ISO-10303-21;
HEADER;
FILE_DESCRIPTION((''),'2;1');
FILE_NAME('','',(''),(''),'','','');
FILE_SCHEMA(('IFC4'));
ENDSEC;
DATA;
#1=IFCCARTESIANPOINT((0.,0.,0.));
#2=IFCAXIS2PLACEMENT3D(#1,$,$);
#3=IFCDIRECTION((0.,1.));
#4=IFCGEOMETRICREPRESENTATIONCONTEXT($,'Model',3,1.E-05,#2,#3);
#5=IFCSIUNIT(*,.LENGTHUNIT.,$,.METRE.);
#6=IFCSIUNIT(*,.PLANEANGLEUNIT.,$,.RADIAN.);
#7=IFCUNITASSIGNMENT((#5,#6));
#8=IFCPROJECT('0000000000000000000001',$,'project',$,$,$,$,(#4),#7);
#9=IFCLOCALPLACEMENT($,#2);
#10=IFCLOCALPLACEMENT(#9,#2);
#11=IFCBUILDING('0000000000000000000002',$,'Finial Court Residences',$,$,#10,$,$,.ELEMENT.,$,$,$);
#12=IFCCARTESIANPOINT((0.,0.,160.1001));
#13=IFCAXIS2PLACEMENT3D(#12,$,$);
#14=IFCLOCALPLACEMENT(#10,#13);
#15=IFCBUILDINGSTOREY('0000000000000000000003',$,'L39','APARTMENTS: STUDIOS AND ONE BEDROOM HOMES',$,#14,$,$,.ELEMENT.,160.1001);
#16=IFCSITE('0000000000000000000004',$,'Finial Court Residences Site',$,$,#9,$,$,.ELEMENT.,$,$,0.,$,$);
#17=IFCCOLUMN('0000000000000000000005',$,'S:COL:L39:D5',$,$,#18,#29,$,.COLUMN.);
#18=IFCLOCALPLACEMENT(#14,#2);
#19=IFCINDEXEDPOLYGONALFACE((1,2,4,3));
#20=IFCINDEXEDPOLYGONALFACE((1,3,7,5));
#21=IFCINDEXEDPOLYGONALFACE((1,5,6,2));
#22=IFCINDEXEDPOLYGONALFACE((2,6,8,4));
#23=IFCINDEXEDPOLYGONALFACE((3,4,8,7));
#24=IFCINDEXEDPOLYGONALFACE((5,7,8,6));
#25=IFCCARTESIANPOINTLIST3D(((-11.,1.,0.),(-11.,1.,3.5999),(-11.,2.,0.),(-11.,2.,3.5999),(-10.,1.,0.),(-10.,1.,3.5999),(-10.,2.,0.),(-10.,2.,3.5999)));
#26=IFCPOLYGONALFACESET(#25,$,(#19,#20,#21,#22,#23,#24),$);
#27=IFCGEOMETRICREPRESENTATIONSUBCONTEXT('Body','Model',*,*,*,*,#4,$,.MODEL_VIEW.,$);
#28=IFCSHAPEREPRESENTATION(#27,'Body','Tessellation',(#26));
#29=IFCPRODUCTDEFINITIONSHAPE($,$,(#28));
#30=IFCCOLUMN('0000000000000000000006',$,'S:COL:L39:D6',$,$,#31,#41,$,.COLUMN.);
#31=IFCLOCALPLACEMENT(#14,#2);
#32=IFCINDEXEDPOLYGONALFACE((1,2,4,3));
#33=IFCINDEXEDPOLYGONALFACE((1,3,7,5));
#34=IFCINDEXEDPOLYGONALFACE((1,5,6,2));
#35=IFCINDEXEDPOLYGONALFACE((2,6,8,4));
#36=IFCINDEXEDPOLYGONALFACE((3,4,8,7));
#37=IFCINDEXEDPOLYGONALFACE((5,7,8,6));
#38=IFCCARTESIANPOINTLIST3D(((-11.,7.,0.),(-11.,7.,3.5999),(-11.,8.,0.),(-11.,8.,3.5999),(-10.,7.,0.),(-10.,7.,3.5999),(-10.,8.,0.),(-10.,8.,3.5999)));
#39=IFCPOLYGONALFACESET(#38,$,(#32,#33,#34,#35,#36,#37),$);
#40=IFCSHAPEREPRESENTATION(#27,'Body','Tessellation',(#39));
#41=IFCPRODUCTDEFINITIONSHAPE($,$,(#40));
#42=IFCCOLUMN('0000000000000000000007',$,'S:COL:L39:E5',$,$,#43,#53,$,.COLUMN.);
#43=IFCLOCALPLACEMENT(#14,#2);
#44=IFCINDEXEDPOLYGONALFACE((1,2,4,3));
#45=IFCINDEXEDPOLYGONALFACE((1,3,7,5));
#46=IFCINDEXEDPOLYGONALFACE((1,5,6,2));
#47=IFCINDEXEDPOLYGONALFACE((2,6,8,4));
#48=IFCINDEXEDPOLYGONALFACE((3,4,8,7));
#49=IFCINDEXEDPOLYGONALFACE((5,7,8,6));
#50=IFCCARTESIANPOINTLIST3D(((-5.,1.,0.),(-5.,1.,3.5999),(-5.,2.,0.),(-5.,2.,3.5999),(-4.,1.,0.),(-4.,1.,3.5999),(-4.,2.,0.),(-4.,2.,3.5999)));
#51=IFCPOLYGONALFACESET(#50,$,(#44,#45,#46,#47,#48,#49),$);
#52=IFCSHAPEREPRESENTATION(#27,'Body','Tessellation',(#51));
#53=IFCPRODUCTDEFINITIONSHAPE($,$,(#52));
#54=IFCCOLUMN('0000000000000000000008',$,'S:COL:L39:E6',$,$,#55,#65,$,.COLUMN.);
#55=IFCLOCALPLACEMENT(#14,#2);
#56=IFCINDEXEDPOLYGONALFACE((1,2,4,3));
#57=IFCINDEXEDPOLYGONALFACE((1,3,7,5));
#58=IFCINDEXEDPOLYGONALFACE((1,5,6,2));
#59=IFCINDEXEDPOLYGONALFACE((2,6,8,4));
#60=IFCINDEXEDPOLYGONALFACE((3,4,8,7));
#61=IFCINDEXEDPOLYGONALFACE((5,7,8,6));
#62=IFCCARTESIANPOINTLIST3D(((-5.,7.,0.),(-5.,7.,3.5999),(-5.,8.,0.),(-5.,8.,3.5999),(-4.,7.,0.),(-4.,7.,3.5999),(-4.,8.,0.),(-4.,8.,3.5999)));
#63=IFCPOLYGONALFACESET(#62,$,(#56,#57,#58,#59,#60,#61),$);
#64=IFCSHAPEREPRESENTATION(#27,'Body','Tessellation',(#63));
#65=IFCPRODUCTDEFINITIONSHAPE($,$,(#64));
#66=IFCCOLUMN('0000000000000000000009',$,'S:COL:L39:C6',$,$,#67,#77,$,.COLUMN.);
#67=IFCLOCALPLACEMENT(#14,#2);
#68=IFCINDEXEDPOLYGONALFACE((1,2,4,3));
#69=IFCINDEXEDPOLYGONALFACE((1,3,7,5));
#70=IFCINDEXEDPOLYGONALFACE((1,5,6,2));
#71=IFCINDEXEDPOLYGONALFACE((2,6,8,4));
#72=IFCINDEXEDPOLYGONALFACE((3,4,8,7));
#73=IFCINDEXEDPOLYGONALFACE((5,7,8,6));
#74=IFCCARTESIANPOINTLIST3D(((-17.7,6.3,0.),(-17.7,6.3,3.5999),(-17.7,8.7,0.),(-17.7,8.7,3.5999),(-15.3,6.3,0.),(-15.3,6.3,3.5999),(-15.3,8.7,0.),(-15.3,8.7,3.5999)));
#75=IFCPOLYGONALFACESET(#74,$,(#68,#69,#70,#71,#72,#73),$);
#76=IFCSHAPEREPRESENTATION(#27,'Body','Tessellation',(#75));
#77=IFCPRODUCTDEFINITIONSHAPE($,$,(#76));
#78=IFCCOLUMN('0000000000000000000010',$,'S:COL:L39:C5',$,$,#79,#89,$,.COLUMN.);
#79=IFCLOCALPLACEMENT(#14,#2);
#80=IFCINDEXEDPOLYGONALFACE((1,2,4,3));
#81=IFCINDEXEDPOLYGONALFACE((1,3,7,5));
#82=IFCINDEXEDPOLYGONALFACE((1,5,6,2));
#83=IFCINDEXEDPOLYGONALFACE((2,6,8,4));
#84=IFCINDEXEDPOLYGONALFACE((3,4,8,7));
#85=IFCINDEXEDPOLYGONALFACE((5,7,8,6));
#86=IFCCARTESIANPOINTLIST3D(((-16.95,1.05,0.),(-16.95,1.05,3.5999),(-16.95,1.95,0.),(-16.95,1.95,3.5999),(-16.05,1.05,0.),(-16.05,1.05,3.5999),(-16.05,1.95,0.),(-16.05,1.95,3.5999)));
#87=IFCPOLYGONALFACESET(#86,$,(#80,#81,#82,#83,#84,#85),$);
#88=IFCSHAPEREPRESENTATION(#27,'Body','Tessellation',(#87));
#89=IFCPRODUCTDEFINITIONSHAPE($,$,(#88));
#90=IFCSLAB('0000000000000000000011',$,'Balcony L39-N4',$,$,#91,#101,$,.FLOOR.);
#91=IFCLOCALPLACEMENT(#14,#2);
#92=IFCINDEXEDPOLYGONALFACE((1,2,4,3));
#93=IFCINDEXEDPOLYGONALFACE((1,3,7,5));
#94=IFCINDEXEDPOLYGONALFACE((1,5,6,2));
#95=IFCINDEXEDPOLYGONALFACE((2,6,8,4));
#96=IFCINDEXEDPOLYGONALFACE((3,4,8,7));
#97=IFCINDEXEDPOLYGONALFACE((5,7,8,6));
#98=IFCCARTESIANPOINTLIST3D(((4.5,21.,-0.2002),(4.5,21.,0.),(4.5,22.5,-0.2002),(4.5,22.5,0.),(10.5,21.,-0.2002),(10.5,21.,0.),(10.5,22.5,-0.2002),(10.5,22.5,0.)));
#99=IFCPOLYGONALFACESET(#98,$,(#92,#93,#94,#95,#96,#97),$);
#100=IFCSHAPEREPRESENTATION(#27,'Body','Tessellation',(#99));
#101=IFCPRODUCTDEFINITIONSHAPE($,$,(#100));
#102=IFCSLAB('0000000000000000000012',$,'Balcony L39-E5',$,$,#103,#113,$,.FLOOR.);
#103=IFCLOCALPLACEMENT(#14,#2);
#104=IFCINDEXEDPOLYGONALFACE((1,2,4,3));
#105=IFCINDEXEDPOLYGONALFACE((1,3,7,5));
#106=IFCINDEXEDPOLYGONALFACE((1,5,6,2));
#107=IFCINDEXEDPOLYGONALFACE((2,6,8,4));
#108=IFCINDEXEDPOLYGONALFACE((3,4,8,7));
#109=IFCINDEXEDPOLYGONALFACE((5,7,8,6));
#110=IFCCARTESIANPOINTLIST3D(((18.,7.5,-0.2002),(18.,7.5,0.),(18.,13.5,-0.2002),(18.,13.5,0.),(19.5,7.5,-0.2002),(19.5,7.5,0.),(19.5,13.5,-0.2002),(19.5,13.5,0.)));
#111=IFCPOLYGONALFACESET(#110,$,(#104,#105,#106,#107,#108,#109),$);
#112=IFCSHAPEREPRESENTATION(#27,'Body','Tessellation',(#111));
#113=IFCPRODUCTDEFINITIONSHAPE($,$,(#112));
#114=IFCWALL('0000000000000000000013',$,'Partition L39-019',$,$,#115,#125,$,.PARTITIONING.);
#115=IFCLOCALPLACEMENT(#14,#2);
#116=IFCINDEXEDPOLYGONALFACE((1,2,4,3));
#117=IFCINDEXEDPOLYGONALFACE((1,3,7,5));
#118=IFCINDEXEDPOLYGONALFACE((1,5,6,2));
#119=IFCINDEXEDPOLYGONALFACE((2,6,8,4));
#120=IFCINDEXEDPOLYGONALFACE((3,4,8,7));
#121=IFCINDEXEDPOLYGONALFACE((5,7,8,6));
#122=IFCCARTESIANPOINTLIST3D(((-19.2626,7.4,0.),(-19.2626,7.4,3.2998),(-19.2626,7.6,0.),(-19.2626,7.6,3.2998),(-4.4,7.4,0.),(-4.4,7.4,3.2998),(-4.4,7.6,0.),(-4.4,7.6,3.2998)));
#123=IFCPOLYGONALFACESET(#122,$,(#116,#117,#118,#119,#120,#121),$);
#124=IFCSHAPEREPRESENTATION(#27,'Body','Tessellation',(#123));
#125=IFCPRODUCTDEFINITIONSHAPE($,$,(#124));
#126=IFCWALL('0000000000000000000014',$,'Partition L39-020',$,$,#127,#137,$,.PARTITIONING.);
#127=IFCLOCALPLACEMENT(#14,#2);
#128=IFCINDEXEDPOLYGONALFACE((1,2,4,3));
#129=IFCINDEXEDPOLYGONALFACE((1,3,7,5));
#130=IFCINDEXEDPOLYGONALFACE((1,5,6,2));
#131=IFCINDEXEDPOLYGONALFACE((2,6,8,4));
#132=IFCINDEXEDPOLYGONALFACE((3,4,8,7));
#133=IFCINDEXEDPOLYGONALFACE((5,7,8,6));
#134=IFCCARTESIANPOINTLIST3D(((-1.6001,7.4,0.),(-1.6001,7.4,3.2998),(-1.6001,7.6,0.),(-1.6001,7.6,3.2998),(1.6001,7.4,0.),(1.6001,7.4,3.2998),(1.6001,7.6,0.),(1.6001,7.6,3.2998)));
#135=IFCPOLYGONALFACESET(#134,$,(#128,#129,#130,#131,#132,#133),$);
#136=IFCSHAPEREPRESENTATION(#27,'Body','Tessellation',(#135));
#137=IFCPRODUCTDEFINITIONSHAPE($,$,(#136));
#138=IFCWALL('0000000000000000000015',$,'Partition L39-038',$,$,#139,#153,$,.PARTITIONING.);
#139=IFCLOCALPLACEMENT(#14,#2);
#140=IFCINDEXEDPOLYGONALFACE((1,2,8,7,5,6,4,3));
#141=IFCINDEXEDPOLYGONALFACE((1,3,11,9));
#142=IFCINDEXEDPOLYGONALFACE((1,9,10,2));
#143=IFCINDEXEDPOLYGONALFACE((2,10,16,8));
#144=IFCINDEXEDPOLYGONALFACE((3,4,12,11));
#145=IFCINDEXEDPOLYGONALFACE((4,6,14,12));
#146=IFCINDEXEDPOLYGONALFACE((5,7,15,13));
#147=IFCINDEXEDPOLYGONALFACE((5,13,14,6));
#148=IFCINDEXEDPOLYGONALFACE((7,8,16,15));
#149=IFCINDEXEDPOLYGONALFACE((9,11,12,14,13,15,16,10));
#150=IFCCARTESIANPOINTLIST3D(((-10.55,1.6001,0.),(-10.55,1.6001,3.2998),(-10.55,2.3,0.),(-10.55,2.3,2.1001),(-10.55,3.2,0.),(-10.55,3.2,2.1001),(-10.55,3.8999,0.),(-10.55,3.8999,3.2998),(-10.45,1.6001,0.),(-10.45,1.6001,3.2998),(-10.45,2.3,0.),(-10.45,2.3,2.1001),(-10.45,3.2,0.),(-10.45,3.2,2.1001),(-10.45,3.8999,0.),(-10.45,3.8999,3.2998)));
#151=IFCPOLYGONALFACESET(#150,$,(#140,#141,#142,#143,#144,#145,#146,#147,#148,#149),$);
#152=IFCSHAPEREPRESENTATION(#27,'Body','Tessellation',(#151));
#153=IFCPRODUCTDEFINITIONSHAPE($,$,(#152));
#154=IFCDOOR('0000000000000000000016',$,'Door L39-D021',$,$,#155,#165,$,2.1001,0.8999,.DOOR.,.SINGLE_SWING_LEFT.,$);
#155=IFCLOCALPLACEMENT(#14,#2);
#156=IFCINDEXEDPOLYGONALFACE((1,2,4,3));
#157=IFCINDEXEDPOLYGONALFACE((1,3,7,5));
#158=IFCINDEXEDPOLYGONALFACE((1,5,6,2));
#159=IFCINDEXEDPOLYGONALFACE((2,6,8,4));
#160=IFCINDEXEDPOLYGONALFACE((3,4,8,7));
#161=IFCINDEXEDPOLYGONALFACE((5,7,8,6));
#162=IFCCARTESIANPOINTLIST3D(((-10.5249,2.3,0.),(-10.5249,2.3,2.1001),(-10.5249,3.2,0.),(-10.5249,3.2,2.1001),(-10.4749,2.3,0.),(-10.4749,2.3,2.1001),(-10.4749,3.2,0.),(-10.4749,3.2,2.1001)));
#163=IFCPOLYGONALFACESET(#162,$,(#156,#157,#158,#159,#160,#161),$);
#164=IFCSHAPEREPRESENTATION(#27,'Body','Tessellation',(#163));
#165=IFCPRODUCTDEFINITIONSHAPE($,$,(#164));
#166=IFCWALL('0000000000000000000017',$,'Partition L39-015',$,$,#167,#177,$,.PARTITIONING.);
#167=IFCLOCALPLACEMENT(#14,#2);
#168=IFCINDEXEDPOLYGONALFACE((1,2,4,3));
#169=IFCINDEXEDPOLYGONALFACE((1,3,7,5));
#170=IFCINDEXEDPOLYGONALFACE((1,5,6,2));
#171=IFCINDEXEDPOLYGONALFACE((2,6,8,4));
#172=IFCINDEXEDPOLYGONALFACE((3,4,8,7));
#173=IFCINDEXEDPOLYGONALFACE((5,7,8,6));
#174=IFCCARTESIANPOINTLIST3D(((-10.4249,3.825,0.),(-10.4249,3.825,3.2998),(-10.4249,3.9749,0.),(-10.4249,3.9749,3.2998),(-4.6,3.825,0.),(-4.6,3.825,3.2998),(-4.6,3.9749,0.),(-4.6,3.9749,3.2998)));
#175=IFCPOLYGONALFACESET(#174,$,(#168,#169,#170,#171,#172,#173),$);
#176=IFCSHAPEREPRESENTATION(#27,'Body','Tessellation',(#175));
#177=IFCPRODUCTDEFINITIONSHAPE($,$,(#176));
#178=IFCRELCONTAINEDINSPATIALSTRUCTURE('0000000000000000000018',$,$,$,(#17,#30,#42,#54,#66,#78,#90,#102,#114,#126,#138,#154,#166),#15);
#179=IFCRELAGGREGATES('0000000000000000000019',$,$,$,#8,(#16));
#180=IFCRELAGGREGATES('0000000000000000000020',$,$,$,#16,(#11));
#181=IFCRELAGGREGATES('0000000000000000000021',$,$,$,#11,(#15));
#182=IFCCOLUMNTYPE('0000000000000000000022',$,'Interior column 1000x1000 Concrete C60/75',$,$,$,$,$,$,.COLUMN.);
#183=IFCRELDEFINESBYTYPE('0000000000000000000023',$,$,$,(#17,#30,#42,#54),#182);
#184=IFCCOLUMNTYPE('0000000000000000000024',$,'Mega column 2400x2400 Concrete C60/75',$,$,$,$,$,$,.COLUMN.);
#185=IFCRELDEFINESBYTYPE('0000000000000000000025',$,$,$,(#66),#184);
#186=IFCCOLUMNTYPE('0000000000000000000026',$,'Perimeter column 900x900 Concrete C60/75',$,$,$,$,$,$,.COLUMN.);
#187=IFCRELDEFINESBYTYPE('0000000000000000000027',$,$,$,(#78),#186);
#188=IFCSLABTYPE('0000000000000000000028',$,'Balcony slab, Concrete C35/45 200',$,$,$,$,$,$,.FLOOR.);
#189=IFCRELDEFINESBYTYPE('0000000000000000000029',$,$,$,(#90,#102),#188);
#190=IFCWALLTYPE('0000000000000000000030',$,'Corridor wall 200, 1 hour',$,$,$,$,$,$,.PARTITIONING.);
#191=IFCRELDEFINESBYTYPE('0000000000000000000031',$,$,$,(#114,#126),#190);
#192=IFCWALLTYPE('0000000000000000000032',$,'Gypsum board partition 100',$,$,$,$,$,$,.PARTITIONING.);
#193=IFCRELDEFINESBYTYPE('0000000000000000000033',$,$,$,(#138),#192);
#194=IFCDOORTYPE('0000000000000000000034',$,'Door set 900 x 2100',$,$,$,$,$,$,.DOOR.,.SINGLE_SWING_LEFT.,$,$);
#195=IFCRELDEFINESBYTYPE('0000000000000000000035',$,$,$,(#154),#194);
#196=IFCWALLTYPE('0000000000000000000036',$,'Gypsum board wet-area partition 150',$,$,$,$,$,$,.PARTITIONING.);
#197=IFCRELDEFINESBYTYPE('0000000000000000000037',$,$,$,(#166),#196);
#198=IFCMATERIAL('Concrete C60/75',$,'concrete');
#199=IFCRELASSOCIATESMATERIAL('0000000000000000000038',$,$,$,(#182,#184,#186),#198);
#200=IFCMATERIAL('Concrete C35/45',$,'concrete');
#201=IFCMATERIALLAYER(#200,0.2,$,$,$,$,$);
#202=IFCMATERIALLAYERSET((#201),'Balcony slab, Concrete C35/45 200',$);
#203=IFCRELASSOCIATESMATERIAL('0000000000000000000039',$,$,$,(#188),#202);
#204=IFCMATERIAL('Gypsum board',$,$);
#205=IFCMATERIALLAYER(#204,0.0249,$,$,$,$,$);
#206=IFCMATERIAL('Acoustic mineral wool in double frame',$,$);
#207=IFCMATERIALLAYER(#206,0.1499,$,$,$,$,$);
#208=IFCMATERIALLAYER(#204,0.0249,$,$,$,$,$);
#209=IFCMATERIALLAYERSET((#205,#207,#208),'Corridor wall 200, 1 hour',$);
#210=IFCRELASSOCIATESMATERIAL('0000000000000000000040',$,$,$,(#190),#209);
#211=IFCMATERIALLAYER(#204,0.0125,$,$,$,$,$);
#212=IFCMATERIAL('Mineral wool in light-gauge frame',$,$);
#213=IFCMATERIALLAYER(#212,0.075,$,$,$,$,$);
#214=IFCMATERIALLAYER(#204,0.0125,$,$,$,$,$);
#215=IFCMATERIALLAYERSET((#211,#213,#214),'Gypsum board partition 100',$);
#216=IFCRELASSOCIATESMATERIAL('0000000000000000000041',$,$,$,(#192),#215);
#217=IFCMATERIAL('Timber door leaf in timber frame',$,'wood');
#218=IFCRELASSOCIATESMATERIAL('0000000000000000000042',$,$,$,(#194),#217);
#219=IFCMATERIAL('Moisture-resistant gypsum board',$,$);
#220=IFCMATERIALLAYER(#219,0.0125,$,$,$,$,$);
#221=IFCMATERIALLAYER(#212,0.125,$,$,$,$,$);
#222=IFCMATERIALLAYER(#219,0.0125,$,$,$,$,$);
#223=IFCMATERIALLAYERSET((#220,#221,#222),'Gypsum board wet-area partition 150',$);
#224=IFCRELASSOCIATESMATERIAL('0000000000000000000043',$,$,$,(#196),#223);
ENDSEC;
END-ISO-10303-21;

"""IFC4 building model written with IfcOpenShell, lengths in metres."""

from ifc_helpers import new_model, si_unit, direction, frame, frame_2d, origin, origin_2d, place, context, subcontext, project, spatial, polyline, rectangle, outline, extrude, material, layer, layer_set, material_profile, profile_set, type_object, element, fill, save


model = new_model("IFC4")

# Units and contexts
model_context = context("Model", 3, precision=1e-05, world=origin(), true_north=direction((0.0, 1.0)))
body_context = subcontext(model_context, "Body", "Model", "MODEL_VIEW")
ifc_project = project(units=[si_unit("LENGTHUNIT", "METRE"), si_unit("PLANEANGLEUNIT", "RADIAN")], contexts=[model_context])

# Site, building, storey
site_placement = place(None, origin())
site = spatial("IfcSite", under=ifc_project, at=site_placement, Name="Finial Court Residences Site", CompositionType="ELEMENT", RefElevation=0.0)
building_placement = place(site_placement, origin())
building = spatial("IfcBuilding", under=site, at=building_placement, Name="Finial Court Residences", CompositionType="ELEMENT")
storey_placement = place(building_placement, frame((0.0, 0.0, 160.1001)))
storey = spatial("IfcBuildingStorey", under=building, at=storey_placement, Name="L39", Description="APARTMENTS: STUDIOS AND ONE BEDROOM HOMES", CompositionType="ELEMENT", Elevation=160.1001)

# Columns
ifc_material_1 = material(Name="Concrete C60/75", Category="concrete")
ifc_material_profile_1 = material_profile(ifc_material_1, rectangle(XDim=1.0, YDim=1.0, at=origin_2d()), Name="1000x1000")
ifc_profile_set_1 = profile_set([ifc_material_profile_1], Name="Concrete C60/75")
column_type_1 = type_object("IfcColumnType", Name="Interior column 1000x1000 Concrete C60/75", PredefinedType="COLUMN", material=ifc_profile_set_1)
for number, where, z_axis, x_axis, name in (
    (1, (-10.5, 1.5, 0.0), (0.0, 0.0, 1.0), (1.0, 0.0, 0.0), "S:COL:L39:D5"),
    (2, (-10.5, 7.5, 0.0), (0.0, 0.0, 1.0), (1.0, 0.0, 0.0), "S:COL:L39:D6"),
    (3, (-4.5, 1.5, 0.0), (0.0, 0.0, 1.0), (1.0, 0.0, 0.0), "S:COL:L39:E5"),
    (4, (-4.5, 7.5, 0.0), (0.0, 0.0, 1.0), (1.0, 0.0, 0.0), "S:COL:L39:E6"),
):
    element("IfcColumn", number, at=place(storey_placement, frame(where, z_axis=z_axis, x_axis=x_axis)), inside=storey, type_object=column_type_1, Name=name, PredefinedType="COLUMN", context=body_context, shape_type="SweptSolid", body=[
        extrude(rectangle(XDim=1.0, YDim=1.0, at=origin_2d()), origin(), (0.0, 0.0, 1.0), 3.5999),
    ])
ifc_material_profile_2 = material_profile(ifc_material_1, rectangle(XDim=2.3999, YDim=2.3999, at=origin_2d()), Name="2400x2400")
ifc_profile_set_2 = profile_set([ifc_material_profile_2], Name="Concrete C60/75")
column_type_2 = type_object("IfcColumnType", Name="Mega column 2400x2400 Concrete C60/75", PredefinedType="COLUMN", material=ifc_profile_set_2)
column_1_placement = place(storey_placement, frame((-16.5, 7.5, 0.0), z_axis=(0.0, 0.0, 1.0), x_axis=(1.0, 0.0, 0.0)))
element("IfcColumn", 5, at=column_1_placement, inside=storey, type_object=column_type_2, Name="S:COL:L39:C6", PredefinedType="COLUMN", context=body_context, shape_type="SweptSolid", body=[
    extrude(rectangle(XDim=2.3999, YDim=2.3999, at=origin_2d()), origin(), (0.0, 0.0, 1.0), 3.5999),
])
ifc_material_profile_3 = material_profile(ifc_material_1, rectangle(XDim=0.8999, YDim=0.8999, at=origin_2d()), Name="900x900")
ifc_profile_set_3 = profile_set([ifc_material_profile_3], Name="Concrete C60/75")
column_type_3 = type_object("IfcColumnType", Name="Perimeter column 900x900 Concrete C60/75", PredefinedType="COLUMN", material=ifc_profile_set_3)
column_2_placement = place(storey_placement, frame((-16.5, 1.5, 0.0), z_axis=(0.0, 0.0, 1.0), x_axis=(1.0, 0.0, 0.0)))
element("IfcColumn", 6, at=column_2_placement, inside=storey, type_object=column_type_3, Name="S:COL:L39:C5", PredefinedType="COLUMN", context=body_context, shape_type="SweptSolid", body=[
    extrude(rectangle(XDim=0.8999, YDim=0.8999, at=origin_2d()), origin(), (0.0, 0.0, 1.0), 3.5999),
])

# Slabs
ifc_material_2 = material(Name="Concrete C35/45", Category="concrete")
ifc_layer_1 = layer(ifc_material_2, 0.2)
ifc_layer_set_1 = layer_set([ifc_layer_1], Name="Balcony slab, Concrete C35/45 200")
slab_type = type_object("IfcSlabType", Name="Balcony slab, Concrete C35/45 200", PredefinedType="FLOOR", material=ifc_layer_set_1)
slab_1_placement = place(storey_placement, frame((0.0, 0.0, -0.2002)))
element("IfcSlab", 7, at=slab_1_placement, inside=storey, type_object=slab_type, Name="Balcony L39-N4", PredefinedType="FLOOR", context=body_context, shape_type="SweptSolid", body=[
    extrude(outline(polyline([(10.5, 21.0), (10.5, 22.5), (4.5, 22.5), (4.5, 21.0), (10.5, 21.0)])), origin(), (0.0, 0.0, 1.0), 0.2002),
])
slab_2_placement = place(storey_placement, frame((0.0, 0.0, -0.2002)))
element("IfcSlab", 8, at=slab_2_placement, inside=storey, type_object=slab_type, Name="Balcony L39-E5", PredefinedType="FLOOR", context=body_context, shape_type="SweptSolid", body=[
    extrude(outline(polyline([(19.5, 7.5), (19.5, 13.5), (18.0, 13.5), (18.0, 7.5), (19.5, 7.5)])), origin(), (0.0, 0.0, 1.0), 0.2002),
])

# Walls
ifc_material_3 = material(Name="Gypsum board")
ifc_layer_2 = layer(ifc_material_3, 0.0249)
ifc_material_4 = material(Name="Acoustic mineral wool in double frame")
ifc_layer_3 = layer(ifc_material_4, 0.1499)
ifc_layer_4 = layer(ifc_material_3, 0.0249)
ifc_layer_set_2 = layer_set([ifc_layer_2, ifc_layer_3, ifc_layer_4], Name="Corridor wall 200, 1 hour")
wall_type_1 = type_object("IfcWallType", Name="Corridor wall 200, 1 hour", PredefinedType="PARTITIONING", material=ifc_layer_set_2)
wall_1_placement = place(storey_placement, frame((-19.2625, 7.5, 0.0), z_axis=(0.0, 0.0, 1.0), x_axis=(1.0, 0.0, 0.0)))
element("IfcWall", 9, at=wall_1_placement, inside=storey, type_object=wall_type_1, Name="Partition L39-019", PredefinedType="PARTITIONING", context=body_context, shape_type="SweptSolid", body=[
    extrude(rectangle(XDim=14.8625, YDim=0.2, at=frame_2d((7.4312, 0.0))), origin(), (0.0, 0.0, 1.0), 3.2998),
])
wall_2_placement = place(storey_placement, frame((-1.6001, 7.5, 0.0), z_axis=(0.0, 0.0, 1.0), x_axis=(1.0, 0.0, 0.0)))
element("IfcWall", 10, at=wall_2_placement, inside=storey, type_object=wall_type_1, Name="Partition L39-020", PredefinedType="PARTITIONING", context=body_context, shape_type="SweptSolid", body=[
    extrude(rectangle(XDim=3.2002, YDim=0.2, at=frame_2d((1.6001, 0.0))), origin(), (0.0, 0.0, 1.0), 3.2998),
])

# Wall, opening, door
ifc_layer_5 = layer(ifc_material_3, 0.0125)
ifc_material_5 = material(Name="Mineral wool in light-gauge frame")
ifc_layer_6 = layer(ifc_material_5, 0.075)
ifc_layer_7 = layer(ifc_material_3, 0.0125)
ifc_layer_set_3 = layer_set([ifc_layer_5, ifc_layer_6, ifc_layer_7], Name="Gypsum board partition 100")
wall_type_2 = type_object("IfcWallType", Name="Gypsum board partition 100", PredefinedType="PARTITIONING", material=ifc_layer_set_3)
wall_3_placement = place(storey_placement, frame((-10.5, 1.6001, 0.0), z_axis=(0.0, 0.0, 1.0), x_axis=(0.0, 1.0, 0.0)))
wall_3 = element("IfcWall", 11, at=wall_3_placement, inside=storey, type_object=wall_type_2, Name="Partition L39-038", PredefinedType="PARTITIONING", context=body_context, shape_type="SweptSolid", body=[
    extrude(rectangle(XDim=2.2998, YDim=0.1001, at=frame_2d((1.1499, 0.0))), origin(), (0.0, 0.0, 1.0), 3.2998),
])
opening_1_placement = place(wall_3_placement, frame((0.7, 0.0, 0.0)))
opening_1 = element("IfcOpeningElement", 12, at=opening_1_placement, cuts=wall_3, PredefinedType="OPENING", context=body_context, shape_type="SweptSolid", body=[
    extrude(rectangle(XDim=0.8999, YDim=2.1001, at=frame_2d((0.45, 1.05))), frame((0.0, 0.0601, 0.0), z_axis=(0.0, -1.0, 0.0), x_axis=(1.0, 0.0, 0.0)), (0.0, 0.0, 1.0), 0.1201),
])
ifc_material_6 = material(Name="Timber door leaf in timber frame", Category="wood")
door_type = type_object("IfcDoorType", Name="Door set 900 x 2100", OperationType="SINGLE_SWING_LEFT", PredefinedType="DOOR", material=ifc_material_6)
door_1_placement = place(opening_1_placement, origin())
door_1 = element("IfcDoor", 13, at=door_1_placement, inside=storey, type_object=door_type, Name="Door L39-D021", OperationType="SINGLE_SWING_LEFT", OverallHeight=2.1001, OverallWidth=0.8999, PredefinedType="DOOR", context=body_context, shape_type="SweptSolid", body=[
    extrude(rectangle(XDim=0.8999, YDim=2.1001, at=frame_2d((0.45, 1.05))), frame((0.0, 0.0249, 0.0), z_axis=(0.0, -1.0, 0.0), x_axis=(1.0, 0.0, 0.0)), (0.0, 0.0, 1.0), 0.05),
])
fill(opening_1, door_1)

# Wall
ifc_material_7 = material(Name="Moisture-resistant gypsum board")
ifc_layer_8 = layer(ifc_material_7, 0.0125)
ifc_layer_9 = layer(ifc_material_5, 0.125)
ifc_layer_10 = layer(ifc_material_7, 0.0125)
ifc_layer_set_4 = layer_set([ifc_layer_8, ifc_layer_9, ifc_layer_10], Name="Gypsum board wet-area partition 150")
wall_type_3 = type_object("IfcWallType", Name="Gypsum board wet-area partition 150", PredefinedType="PARTITIONING", material=ifc_layer_set_4)
wall_4_placement = place(storey_placement, frame((-10.425, 3.8999, 0.0), z_axis=(0.0, 0.0, 1.0), x_axis=(1.0, 0.0, 0.0)))
element("IfcWall", 14, at=wall_4_placement, inside=storey, type_object=wall_type_3, Name="Partition L39-015", PredefinedType="PARTITIONING", context=body_context, shape_type="SweptSolid", body=[
    extrude(rectangle(XDim=5.825, YDim=0.1499, at=frame_2d((2.9126, 0.0))), origin(), (0.0, 0.0, 1.0), 3.2998),
])

save(model, "model.ifc")
